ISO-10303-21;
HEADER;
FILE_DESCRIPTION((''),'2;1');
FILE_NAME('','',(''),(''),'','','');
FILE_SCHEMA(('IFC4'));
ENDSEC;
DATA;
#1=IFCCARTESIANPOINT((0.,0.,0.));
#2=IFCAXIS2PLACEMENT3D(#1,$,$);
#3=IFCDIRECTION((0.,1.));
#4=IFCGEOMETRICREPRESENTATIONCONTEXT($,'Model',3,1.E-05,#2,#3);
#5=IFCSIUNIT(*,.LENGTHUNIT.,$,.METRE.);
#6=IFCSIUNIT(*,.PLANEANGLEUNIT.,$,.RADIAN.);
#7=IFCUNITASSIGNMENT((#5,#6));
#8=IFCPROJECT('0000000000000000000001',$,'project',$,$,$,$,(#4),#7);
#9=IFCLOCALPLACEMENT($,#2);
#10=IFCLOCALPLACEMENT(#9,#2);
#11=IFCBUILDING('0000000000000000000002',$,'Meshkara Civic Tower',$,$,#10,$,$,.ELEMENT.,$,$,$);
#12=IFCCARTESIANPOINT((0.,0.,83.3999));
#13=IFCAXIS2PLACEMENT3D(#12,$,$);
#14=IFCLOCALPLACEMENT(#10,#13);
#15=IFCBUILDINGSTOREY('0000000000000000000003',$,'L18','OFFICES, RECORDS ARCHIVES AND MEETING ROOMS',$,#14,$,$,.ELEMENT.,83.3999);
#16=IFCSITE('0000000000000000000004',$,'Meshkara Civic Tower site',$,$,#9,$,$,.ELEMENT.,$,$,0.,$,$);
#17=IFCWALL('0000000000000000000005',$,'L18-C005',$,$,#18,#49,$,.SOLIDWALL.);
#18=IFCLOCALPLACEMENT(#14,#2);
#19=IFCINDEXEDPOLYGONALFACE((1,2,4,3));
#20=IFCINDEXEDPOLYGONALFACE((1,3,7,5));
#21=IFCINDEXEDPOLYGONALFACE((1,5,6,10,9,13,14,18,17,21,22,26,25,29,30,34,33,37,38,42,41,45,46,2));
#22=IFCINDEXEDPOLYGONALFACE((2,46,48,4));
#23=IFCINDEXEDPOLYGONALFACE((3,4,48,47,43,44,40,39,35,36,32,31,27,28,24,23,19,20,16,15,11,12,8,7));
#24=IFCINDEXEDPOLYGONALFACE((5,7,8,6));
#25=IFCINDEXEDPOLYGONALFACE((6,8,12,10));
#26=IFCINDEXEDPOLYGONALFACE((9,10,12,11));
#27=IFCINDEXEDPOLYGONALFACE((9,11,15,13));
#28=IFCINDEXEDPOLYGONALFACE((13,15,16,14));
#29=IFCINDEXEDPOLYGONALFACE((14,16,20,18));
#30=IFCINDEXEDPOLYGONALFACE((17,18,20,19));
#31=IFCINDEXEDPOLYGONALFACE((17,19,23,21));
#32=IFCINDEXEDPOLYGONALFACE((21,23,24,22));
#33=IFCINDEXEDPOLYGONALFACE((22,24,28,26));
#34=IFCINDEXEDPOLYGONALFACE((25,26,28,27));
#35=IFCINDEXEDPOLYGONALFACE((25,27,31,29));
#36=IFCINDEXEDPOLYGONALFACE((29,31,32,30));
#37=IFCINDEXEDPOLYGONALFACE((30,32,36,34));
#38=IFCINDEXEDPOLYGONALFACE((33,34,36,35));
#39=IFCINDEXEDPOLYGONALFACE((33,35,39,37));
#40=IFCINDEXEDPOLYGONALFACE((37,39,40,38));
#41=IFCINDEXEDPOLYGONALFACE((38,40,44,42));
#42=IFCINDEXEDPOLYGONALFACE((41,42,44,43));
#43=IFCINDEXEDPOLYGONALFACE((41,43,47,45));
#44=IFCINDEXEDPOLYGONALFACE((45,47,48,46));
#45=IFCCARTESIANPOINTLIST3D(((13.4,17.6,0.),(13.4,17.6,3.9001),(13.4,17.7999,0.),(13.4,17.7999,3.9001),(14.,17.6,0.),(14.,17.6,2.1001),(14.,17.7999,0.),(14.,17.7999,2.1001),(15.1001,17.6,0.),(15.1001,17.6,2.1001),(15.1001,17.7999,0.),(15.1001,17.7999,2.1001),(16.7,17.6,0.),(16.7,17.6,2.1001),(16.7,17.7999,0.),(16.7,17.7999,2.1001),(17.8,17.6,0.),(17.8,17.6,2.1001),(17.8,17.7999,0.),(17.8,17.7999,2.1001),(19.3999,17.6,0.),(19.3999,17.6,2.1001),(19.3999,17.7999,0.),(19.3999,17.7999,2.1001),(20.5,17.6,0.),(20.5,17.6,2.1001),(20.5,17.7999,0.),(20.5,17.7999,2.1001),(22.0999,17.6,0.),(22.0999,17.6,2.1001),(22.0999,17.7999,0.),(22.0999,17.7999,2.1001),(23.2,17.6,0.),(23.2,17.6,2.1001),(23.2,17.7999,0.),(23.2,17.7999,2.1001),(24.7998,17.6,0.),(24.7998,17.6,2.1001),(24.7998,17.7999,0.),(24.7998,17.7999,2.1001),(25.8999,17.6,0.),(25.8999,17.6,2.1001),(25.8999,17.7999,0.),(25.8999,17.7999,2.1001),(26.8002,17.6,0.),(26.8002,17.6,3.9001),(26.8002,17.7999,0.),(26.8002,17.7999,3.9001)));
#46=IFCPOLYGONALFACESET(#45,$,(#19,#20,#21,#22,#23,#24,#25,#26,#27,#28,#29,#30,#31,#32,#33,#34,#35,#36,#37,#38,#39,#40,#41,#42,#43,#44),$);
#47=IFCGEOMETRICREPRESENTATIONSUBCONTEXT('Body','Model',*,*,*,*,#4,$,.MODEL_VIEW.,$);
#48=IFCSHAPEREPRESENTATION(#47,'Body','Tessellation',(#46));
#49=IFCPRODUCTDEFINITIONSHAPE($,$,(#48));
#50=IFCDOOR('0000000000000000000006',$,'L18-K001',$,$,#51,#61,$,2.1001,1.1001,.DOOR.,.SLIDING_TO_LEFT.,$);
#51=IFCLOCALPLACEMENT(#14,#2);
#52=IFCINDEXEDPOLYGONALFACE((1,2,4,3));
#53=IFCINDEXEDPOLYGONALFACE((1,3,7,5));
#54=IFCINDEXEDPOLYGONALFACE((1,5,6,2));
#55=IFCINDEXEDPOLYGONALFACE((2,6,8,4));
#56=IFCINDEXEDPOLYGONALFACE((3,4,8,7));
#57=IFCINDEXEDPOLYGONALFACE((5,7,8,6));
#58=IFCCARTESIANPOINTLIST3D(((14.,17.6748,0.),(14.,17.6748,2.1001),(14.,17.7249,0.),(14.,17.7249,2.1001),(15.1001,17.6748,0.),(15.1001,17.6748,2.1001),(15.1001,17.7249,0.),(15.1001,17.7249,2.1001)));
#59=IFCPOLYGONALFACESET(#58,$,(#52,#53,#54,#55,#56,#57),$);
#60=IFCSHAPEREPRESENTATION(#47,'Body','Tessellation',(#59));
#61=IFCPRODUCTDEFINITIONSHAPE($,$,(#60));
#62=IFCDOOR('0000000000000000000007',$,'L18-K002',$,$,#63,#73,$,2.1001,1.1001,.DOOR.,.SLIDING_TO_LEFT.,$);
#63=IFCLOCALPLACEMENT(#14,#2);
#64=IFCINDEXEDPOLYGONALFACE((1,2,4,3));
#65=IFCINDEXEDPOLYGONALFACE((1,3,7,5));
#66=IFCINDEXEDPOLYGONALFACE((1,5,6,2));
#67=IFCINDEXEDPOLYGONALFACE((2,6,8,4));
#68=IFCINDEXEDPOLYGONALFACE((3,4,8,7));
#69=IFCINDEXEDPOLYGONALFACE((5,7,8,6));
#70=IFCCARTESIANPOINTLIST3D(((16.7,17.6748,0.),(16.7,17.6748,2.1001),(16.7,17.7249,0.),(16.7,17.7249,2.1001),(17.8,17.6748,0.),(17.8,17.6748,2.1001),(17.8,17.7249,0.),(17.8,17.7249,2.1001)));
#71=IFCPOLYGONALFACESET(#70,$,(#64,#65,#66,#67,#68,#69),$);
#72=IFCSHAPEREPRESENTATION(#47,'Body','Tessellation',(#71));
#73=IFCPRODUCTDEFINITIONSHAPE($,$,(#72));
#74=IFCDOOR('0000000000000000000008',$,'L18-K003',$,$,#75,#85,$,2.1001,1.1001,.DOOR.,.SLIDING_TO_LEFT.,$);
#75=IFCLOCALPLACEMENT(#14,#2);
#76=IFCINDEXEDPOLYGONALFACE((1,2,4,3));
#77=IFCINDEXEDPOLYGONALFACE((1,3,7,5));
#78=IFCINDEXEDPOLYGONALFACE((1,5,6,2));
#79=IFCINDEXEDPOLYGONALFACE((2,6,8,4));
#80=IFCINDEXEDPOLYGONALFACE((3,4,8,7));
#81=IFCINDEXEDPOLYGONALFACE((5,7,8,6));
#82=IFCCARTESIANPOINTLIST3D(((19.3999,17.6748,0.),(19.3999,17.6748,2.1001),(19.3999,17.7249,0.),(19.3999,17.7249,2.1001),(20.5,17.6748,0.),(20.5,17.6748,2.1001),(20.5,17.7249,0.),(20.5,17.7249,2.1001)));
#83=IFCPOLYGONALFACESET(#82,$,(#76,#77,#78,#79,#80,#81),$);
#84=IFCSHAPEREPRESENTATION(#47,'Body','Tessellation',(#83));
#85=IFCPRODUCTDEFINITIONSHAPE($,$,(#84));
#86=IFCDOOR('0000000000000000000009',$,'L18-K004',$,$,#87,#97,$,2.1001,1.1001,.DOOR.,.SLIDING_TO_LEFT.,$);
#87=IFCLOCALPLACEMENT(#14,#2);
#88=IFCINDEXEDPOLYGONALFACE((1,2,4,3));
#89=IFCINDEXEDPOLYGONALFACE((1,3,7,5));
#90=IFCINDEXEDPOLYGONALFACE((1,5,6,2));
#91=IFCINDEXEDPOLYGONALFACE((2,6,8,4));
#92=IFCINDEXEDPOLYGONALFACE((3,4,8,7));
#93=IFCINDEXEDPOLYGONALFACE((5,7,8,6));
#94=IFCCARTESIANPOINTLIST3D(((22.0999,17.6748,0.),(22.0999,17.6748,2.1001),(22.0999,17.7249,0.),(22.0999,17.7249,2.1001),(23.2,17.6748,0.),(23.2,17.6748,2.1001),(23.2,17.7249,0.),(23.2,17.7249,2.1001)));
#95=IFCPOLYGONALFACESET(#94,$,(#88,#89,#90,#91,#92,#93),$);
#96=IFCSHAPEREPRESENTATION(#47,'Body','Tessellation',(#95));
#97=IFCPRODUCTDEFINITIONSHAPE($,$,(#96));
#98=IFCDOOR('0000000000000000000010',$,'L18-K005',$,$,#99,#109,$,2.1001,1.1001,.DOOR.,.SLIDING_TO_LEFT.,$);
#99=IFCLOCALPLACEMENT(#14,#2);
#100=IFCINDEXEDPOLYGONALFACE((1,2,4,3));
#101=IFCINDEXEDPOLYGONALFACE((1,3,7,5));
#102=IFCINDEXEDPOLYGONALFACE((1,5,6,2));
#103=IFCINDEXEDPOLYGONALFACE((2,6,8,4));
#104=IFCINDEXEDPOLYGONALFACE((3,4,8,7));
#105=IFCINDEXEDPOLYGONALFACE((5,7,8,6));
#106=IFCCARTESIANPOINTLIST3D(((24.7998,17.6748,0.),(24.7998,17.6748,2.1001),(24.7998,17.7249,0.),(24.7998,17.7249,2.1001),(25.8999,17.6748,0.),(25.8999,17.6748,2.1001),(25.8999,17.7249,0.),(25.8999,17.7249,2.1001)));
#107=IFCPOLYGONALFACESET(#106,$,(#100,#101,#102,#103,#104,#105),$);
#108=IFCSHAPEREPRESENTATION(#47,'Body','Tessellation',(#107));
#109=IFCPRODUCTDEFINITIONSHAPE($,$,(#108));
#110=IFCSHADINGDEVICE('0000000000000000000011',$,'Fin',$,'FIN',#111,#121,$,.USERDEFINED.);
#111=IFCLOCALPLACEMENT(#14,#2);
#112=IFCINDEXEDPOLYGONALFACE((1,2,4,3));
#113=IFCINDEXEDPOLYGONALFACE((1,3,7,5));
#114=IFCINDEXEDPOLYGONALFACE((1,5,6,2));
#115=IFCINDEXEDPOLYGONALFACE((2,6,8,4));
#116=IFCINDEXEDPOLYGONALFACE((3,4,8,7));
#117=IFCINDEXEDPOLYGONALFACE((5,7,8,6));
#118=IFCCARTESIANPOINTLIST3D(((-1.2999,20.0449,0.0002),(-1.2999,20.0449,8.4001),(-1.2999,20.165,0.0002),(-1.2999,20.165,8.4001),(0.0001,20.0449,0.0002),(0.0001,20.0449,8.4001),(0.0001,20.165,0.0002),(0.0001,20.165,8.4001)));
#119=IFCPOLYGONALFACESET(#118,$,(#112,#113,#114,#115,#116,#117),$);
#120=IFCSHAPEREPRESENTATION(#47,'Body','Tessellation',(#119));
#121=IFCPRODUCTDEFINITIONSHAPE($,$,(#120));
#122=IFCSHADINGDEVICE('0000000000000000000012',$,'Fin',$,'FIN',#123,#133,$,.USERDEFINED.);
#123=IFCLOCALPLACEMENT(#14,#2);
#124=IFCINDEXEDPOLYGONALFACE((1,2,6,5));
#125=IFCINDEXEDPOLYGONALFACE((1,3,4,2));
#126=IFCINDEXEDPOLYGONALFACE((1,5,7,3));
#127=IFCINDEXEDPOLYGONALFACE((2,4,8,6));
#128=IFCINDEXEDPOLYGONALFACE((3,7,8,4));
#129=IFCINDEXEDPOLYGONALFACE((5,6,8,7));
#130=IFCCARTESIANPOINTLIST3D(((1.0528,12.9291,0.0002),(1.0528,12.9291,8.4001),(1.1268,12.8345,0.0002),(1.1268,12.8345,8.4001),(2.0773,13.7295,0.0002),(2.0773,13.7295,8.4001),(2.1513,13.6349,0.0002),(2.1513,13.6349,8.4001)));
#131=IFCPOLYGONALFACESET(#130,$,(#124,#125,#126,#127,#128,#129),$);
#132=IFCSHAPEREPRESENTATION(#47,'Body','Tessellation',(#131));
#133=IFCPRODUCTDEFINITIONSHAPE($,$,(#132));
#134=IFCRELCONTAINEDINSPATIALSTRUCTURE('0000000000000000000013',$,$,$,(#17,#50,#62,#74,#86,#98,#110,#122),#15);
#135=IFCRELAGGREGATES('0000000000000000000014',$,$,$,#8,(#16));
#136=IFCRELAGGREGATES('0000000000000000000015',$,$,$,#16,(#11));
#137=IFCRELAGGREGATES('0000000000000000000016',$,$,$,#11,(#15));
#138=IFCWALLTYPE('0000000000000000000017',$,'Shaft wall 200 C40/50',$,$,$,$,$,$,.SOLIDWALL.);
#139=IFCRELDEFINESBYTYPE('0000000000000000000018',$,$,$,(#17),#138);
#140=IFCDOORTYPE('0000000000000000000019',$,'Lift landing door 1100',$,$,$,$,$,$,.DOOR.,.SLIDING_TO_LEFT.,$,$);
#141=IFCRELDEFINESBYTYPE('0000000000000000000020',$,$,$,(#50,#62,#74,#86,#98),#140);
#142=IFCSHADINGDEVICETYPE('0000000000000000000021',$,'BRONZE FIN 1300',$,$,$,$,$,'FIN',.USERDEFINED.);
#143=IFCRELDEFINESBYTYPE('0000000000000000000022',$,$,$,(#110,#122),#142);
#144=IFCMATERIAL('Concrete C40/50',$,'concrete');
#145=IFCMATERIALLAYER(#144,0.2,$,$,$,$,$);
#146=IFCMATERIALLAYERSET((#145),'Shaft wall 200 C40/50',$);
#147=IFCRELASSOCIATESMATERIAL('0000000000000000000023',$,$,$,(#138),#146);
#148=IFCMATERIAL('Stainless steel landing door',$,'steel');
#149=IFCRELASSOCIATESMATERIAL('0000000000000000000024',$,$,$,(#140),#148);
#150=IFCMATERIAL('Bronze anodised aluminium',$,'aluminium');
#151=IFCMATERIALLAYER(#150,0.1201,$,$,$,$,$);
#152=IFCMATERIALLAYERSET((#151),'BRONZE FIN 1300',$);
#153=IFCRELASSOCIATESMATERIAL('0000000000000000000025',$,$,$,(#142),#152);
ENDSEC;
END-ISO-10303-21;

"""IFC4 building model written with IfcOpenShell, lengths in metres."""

from ifc_helpers import new_model, si_unit, direction, frame, frame_2d, origin, origin_2d, place, context, subcontext, project, spatial, rectangle, extrude, material, layer, layer_set, type_object, element, fill, save


model = new_model("IFC4")

# Units and contexts
model_context = context("Model", 3, precision=1e-05, world=origin(), true_north=direction((0.0, 1.0)))
body_context = subcontext(model_context, "Body", "Model", "MODEL_VIEW")
ifc_project = project(units=[si_unit("LENGTHUNIT", "METRE"), si_unit("PLANEANGLEUNIT", "RADIAN")], contexts=[model_context])

# Site, building, storey
site_placement = place(None, origin())
site = spatial("IfcSite", under=ifc_project, at=site_placement, Name="Meshkara Civic Tower site", CompositionType="ELEMENT", RefElevation=0.0)
building_placement = place(site_placement, origin())
building = spatial("IfcBuilding", under=site, at=building_placement, Name="Meshkara Civic Tower", CompositionType="ELEMENT")
storey_placement = place(building_placement, frame((0.0, 0.0, 83.3999)))
storey = spatial("IfcBuildingStorey", under=building, at=storey_placement, Name="L18", Description="OFFICES, RECORDS ARCHIVES AND MEETING ROOMS", CompositionType="ELEMENT", Elevation=83.3999)

# Wall, openings, doors
ifc_material_1 = material(Name="Concrete C40/50", Category="concrete")
ifc_layer_1 = layer(ifc_material_1, 0.2)
ifc_layer_set_1 = layer_set([ifc_layer_1], Name="Shaft wall 200 C40/50")
wall_type_1 = type_object("IfcWallType", Name="Shaft wall 200 C40/50", PredefinedType="SOLIDWALL", material=ifc_layer_set_1)
wall_1_placement = place(storey_placement, frame((13.3999, 17.7, 0.0), z_axis=(0.0, 0.0, 1.0), x_axis=(1.0, 0.0, 0.0)))
wall_1 = element("IfcWall", 1, at=wall_1_placement, inside=storey, type_object=wall_type_1, Name="L18-C005", PredefinedType="SOLIDWALL", context=body_context, shape_type="SweptSolid", body=[
    extrude(rectangle(XDim=13.4001, YDim=0.2, at=frame_2d((6.7002, 0.0))), origin(), (0.0, 0.0, 1.0), 3.9001),
])
opening_1_placement = place(wall_1_placement, frame((0.6001, 0.0, 0.0)))
opening_1 = element("IfcOpeningElement", 2, at=opening_1_placement, cuts=wall_1, PredefinedType="OPENING", context=body_context, shape_type="SweptSolid", body=[
    extrude(rectangle(XDim=1.1001, YDim=2.1001, at=frame_2d((0.55, 1.05))), frame((0.0, 0.1099, 0.0), z_axis=(0.0, -1.0, 0.0), x_axis=(1.0, 0.0, 0.0)), (0.0, 0.0, 1.0), 0.22),
])
opening_2_placement = place(wall_1_placement, frame((3.3, 0.0, 0.0)))
opening_2 = element("IfcOpeningElement", 3, at=opening_2_placement, cuts=wall_1, PredefinedType="OPENING", context=body_context, shape_type="SweptSolid", body=[
    extrude(rectangle(XDim=1.1001, YDim=2.1001, at=frame_2d((0.55, 1.05))), frame((0.0, 0.1099, 0.0), z_axis=(0.0, -1.0, 0.0), x_axis=(1.0, 0.0, 0.0)), (0.0, 0.0, 1.0), 0.22),
])
opening_3_placement = place(wall_1_placement, frame((6.0, 0.0, 0.0)))
opening_3 = element("IfcOpeningElement", 4, at=opening_3_placement, cuts=wall_1, PredefinedType="OPENING", context=body_context, shape_type="SweptSolid", body=[
    extrude(rectangle(XDim=1.1001, YDim=2.1001, at=frame_2d((0.55, 1.05))), frame((0.0, 0.1099, 0.0), z_axis=(0.0, -1.0, 0.0), x_axis=(1.0, 0.0, 0.0)), (0.0, 0.0, 1.0), 0.22),
])
opening_4_placement = place(wall_1_placement, frame((8.7, 0.0, 0.0)))
opening_4 = element("IfcOpeningElement", 5, at=opening_4_placement, cuts=wall_1, PredefinedType="OPENING", context=body_context, shape_type="SweptSolid", body=[
    extrude(rectangle(XDim=1.1001, YDim=2.1001, at=frame_2d((0.55, 1.05))), frame((0.0, 0.1099, 0.0), z_axis=(0.0, -1.0, 0.0), x_axis=(1.0, 0.0, 0.0)), (0.0, 0.0, 1.0), 0.22),
])
opening_5_placement = place(wall_1_placement, frame((11.3999, 0.0, 0.0)))
opening_5 = element("IfcOpeningElement", 6, at=opening_5_placement, cuts=wall_1, PredefinedType="OPENING", context=body_context, shape_type="SweptSolid", body=[
    extrude(rectangle(XDim=1.1001, YDim=2.1001, at=frame_2d((0.55, 1.05))), frame((0.0, 0.1099, 0.0), z_axis=(0.0, -1.0, 0.0), x_axis=(1.0, 0.0, 0.0)), (0.0, 0.0, 1.0), 0.22),
])
ifc_material_2 = material(Name="Stainless steel landing door", Category="steel")
door_type_1 = type_object("IfcDoorType", Name="Lift landing door 1100", OperationType="SLIDING_TO_LEFT", PredefinedType="DOOR", material=ifc_material_2)
door_1_placement = place(opening_1_placement, origin())
door_1 = element("IfcDoor", 7, at=door_1_placement, inside=storey, type_object=door_type_1, Name="L18-K001", OperationType="SLIDING_TO_LEFT", OverallHeight=2.1001, OverallWidth=1.1001, PredefinedType="DOOR", context=body_context, shape_type="SweptSolid", body=[
    extrude(rectangle(XDim=1.1001, YDim=2.1001, at=frame_2d((0.55, 1.05))), frame((0.0, 0.0249, 0.0), z_axis=(0.0, -1.0, 0.0), x_axis=(1.0, 0.0, 0.0)), (0.0, 0.0, 1.0), 0.05),
])
fill(opening_1, door_1)
door_2_placement = place(opening_2_placement, origin())
door_2 = element("IfcDoor", 8, at=door_2_placement, inside=storey, type_object=door_type_1, Name="L18-K002", OperationType="SLIDING_TO_LEFT", OverallHeight=2.1001, OverallWidth=1.1001, PredefinedType="DOOR", context=body_context, shape_type="SweptSolid", body=[
    extrude(rectangle(XDim=1.1001, YDim=2.1001, at=frame_2d((0.55, 1.05))), frame((0.0, 0.0249, 0.0), z_axis=(0.0, -1.0, 0.0), x_axis=(1.0, 0.0, 0.0)), (0.0, 0.0, 1.0), 0.05),
])
fill(opening_2, door_2)
door_3_placement = place(opening_3_placement, origin())
door_3 = element("IfcDoor", 9, at=door_3_placement, inside=storey, type_object=door_type_1, Name="L18-K003", OperationType="SLIDING_TO_LEFT", OverallHeight=2.1001, OverallWidth=1.1001, PredefinedType="DOOR", context=body_context, shape_type="SweptSolid", body=[
    extrude(rectangle(XDim=1.1001, YDim=2.1001, at=frame_2d((0.55, 1.05))), frame((0.0, 0.0249, 0.0), z_axis=(0.0, -1.0, 0.0), x_axis=(1.0, 0.0, 0.0)), (0.0, 0.0, 1.0), 0.05),
])
fill(opening_3, door_3)
door_4_placement = place(opening_4_placement, origin())
door_4 = element("IfcDoor", 10, at=door_4_placement, inside=storey, type_object=door_type_1, Name="L18-K004", OperationType="SLIDING_TO_LEFT", OverallHeight=2.1001, OverallWidth=1.1001, PredefinedType="DOOR", context=body_context, shape_type="SweptSolid", body=[
    extrude(rectangle(XDim=1.1001, YDim=2.1001, at=frame_2d((0.55, 1.05))), frame((0.0, 0.0249, 0.0), z_axis=(0.0, -1.0, 0.0), x_axis=(1.0, 0.0, 0.0)), (0.0, 0.0, 1.0), 0.05),
])
fill(opening_4, door_4)
door_5_placement = place(opening_5_placement, origin())
door_5 = element("IfcDoor", 11, at=door_5_placement, inside=storey, type_object=door_type_1, Name="L18-K005", OperationType="SLIDING_TO_LEFT", OverallHeight=2.1001, OverallWidth=1.1001, PredefinedType="DOOR", context=body_context, shape_type="SweptSolid", body=[
    extrude(rectangle(XDim=1.1001, YDim=2.1001, at=frame_2d((0.55, 1.05))), frame((0.0, 0.0249, 0.0), z_axis=(0.0, -1.0, 0.0), x_axis=(1.0, 0.0, 0.0)), (0.0, 0.0, 1.0), 0.05),
])
fill(opening_5, door_5)

# Shading devices
ifc_material_3 = material(Name="Bronze anodised aluminium", Category="aluminium")
ifc_layer_2 = layer(ifc_material_3, 0.1201)
ifc_layer_set_2 = layer_set([ifc_layer_2], Name="BRONZE FIN 1300")
shading_device_type = type_object("IfcShadingDeviceType", Name="BRONZE FIN 1300", ElementType="FIN", PredefinedType="USERDEFINED", material=ifc_layer_set_2)
for number, where, z_axis, x_axis, name in (
    (12, (-0.6499, 20.105, 0.0002), (0.0, 0.0, 1.0), (0.0, -1.0, 0.0), "Fin"),
    (13, (1.6021, 13.282, 0.0002), (0.0, 0.0, 1.0), (0.615661, -0.788011, 0.0), "Fin"),
):
    element("IfcShadingDevice", number, at=place(storey_placement, frame(where, z_axis=z_axis, x_axis=x_axis)), inside=storey, type_object=shading_device_type, Name=name, ObjectType="FIN", PredefinedType="USERDEFINED", context=body_context, shape_type="SweptSolid", body=[
        extrude(rectangle(XDim=0.1201, YDim=1.3, at=origin_2d()), origin(), (0.0, 0.0, 1.0), 8.3999),
    ])

save(model, "model.ifc")
